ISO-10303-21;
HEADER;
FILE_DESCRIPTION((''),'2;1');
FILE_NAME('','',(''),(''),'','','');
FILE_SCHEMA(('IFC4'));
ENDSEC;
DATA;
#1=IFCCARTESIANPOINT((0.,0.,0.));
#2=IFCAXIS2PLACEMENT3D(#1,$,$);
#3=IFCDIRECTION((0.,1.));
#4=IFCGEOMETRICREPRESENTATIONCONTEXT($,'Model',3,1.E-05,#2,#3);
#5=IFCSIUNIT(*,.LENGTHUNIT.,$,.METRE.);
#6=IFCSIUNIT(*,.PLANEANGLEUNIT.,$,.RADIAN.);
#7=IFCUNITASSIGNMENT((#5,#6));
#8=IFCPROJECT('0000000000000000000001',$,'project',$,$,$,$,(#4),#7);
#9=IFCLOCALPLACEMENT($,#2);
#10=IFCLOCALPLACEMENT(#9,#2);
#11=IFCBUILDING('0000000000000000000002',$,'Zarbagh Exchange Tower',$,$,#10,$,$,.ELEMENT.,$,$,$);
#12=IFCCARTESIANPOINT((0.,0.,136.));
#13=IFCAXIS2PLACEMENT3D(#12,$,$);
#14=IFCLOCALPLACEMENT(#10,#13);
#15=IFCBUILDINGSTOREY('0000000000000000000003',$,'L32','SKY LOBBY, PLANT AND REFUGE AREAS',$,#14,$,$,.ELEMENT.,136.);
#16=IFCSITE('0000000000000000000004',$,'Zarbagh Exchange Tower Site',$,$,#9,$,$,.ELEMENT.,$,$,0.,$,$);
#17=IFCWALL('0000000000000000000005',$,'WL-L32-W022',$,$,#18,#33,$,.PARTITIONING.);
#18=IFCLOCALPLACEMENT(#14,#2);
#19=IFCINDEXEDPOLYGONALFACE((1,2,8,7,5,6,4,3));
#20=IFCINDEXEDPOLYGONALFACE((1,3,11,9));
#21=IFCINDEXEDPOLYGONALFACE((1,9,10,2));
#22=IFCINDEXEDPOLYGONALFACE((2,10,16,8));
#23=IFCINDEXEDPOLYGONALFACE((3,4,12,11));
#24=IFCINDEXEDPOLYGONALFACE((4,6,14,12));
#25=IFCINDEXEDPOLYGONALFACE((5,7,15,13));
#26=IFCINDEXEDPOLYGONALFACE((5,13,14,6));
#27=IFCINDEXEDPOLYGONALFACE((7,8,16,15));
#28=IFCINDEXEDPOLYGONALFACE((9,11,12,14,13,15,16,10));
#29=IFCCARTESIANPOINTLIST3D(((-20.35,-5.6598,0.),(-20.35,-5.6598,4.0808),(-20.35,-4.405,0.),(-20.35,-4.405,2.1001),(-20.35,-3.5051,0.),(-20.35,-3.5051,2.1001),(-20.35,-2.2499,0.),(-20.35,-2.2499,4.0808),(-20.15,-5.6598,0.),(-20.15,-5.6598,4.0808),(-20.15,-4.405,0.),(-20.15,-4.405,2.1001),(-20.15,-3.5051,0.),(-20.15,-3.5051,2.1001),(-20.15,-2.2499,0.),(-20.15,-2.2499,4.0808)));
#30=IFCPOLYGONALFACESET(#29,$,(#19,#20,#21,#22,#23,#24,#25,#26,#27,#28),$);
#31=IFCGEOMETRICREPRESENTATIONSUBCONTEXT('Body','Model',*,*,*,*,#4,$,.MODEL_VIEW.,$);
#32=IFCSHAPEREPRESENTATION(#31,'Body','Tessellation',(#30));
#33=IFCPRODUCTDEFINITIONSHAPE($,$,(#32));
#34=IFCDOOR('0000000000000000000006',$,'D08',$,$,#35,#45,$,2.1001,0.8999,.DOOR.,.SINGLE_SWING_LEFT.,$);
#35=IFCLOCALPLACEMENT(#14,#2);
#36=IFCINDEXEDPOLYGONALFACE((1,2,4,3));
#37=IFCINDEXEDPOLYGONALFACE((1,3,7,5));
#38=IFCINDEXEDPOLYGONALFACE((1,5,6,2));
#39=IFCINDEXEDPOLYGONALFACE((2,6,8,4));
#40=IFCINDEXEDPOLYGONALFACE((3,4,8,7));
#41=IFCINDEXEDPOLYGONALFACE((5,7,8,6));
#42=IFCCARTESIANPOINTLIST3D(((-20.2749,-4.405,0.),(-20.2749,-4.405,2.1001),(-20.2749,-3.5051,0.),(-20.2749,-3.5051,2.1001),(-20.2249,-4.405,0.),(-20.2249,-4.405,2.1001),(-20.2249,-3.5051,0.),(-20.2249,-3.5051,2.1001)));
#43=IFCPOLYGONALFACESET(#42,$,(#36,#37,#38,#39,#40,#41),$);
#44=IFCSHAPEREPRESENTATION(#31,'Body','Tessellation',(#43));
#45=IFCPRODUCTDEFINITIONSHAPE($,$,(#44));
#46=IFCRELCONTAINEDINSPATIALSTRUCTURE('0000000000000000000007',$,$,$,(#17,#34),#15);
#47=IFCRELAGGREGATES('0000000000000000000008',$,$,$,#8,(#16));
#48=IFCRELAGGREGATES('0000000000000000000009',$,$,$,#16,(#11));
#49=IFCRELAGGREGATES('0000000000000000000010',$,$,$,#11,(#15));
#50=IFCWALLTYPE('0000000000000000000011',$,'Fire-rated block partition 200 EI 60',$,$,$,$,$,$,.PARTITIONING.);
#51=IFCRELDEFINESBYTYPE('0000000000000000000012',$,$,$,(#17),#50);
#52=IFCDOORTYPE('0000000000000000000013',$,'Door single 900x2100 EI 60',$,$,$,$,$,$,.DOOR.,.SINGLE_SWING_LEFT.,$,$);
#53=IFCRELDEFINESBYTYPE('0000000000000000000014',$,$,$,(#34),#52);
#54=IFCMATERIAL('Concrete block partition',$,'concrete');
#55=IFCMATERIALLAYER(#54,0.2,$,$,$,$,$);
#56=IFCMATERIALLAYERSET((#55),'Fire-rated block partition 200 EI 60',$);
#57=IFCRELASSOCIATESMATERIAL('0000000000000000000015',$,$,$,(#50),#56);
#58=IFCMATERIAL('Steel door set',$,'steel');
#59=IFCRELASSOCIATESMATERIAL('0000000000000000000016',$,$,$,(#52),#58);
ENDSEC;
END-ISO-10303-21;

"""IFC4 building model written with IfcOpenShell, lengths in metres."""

from ifc_helpers import new_model, si_unit, direction, frame, frame_2d, origin, place, context, subcontext, project, spatial, rectangle, extrude, material, layer, layer_set, type_object, element, fill, save


model = new_model("IFC4")

# Units and contexts
model_context = context("Model", 3, precision=1e-05, world=origin(), true_north=direction((0.0, 1.0)))
body_context = subcontext(model_context, "Body", "Model", "MODEL_VIEW")
ifc_project = project(units=[si_unit("LENGTHUNIT", "METRE"), si_unit("PLANEANGLEUNIT", "RADIAN")], contexts=[model_context])

# Site, building, storey
site_placement = place(None, origin())
site = spatial("IfcSite", under=ifc_project, at=site_placement, Name="Zarbagh Exchange Tower Site", CompositionType="ELEMENT", RefElevation=0.0)
building_placement = place(site_placement, origin())
building = spatial("IfcBuilding", under=site, at=building_placement, Name="Zarbagh Exchange Tower", CompositionType="ELEMENT")
storey_placement = place(building_placement, frame((0.0, 0.0, 136.0)))
storey = spatial("IfcBuildingStorey", under=building, at=storey_placement, Name="L32", Description="SKY LOBBY, PLANT AND REFUGE AREAS", CompositionType="ELEMENT", Elevation=136.0)

# Shared definitions
ifc_material_1 = material(Name="Concrete block partition", Category="concrete")

# Wall, opening, door
ifc_layer_1 = layer(ifc_material_1, 0.2)
ifc_layer_set_1 = layer_set([ifc_layer_1], Name="Fire-rated block partition 200 EI 60")
wall_type_1 = type_object("IfcWallType", Name="Fire-rated block partition 200 EI 60", PredefinedType="PARTITIONING", material=ifc_layer_set_1)
wall_1_placement = place(storey_placement, frame((-20.25, -5.6599, 0.0), z_axis=(0.0, 0.0, 1.0), x_axis=(0.0, 1.0, 0.0)))
wall_1 = element("IfcWall", 1, at=wall_1_placement, inside=storey, type_object=wall_type_1, Name="WL-L32-W022", PredefinedType="PARTITIONING", context=body_context, shape_type="SweptSolid", body=[
    extrude(rectangle(XDim=3.4099, YDim=0.2, at=frame_2d((1.7051, 0.0))), origin(), (0.0, 0.0, 1.0), 4.0808),
])
opening_placement = place(wall_1_placement, frame((1.2549, 0.0, 0.0)))
opening = element("IfcOpeningElement", 2, at=opening_placement, cuts=wall_1, PredefinedType="OPENING", context=body_context, shape_type="SweptSolid", body=[
    extrude(rectangle(XDim=0.8999, YDim=2.1001, at=frame_2d((0.45, 1.05))), frame((0.0, 0.1099, 0.0), z_axis=(0.0, -1.0, 0.0), x_axis=(1.0, 0.0, 0.0)), (0.0, 0.0, 1.0), 0.22),
])
ifc_material_2 = material(Name="Steel door set", Category="steel")
door_type = type_object("IfcDoorType", Name="Door single 900x2100 EI 60", OperationType="SINGLE_SWING_LEFT", PredefinedType="DOOR", material=ifc_material_2)
door_placement = place(opening_placement, origin())
door = element("IfcDoor", 3, at=door_placement, inside=storey, type_object=door_type, Name="D08", OperationType="SINGLE_SWING_LEFT", OverallHeight=2.1001, OverallWidth=0.8999, PredefinedType="DOOR", context=body_context, shape_type="SweptSolid", body=[
    extrude(rectangle(XDim=0.8999, YDim=2.1001, at=frame_2d((0.45, 1.05))), frame((0.0, 0.0249, 0.0), z_axis=(0.0, -1.0, 0.0), x_axis=(1.0, 0.0, 0.0)), (0.0, 0.0, 1.0), 0.05),
])
fill(opening, door)

save(model, "model.ifc")
